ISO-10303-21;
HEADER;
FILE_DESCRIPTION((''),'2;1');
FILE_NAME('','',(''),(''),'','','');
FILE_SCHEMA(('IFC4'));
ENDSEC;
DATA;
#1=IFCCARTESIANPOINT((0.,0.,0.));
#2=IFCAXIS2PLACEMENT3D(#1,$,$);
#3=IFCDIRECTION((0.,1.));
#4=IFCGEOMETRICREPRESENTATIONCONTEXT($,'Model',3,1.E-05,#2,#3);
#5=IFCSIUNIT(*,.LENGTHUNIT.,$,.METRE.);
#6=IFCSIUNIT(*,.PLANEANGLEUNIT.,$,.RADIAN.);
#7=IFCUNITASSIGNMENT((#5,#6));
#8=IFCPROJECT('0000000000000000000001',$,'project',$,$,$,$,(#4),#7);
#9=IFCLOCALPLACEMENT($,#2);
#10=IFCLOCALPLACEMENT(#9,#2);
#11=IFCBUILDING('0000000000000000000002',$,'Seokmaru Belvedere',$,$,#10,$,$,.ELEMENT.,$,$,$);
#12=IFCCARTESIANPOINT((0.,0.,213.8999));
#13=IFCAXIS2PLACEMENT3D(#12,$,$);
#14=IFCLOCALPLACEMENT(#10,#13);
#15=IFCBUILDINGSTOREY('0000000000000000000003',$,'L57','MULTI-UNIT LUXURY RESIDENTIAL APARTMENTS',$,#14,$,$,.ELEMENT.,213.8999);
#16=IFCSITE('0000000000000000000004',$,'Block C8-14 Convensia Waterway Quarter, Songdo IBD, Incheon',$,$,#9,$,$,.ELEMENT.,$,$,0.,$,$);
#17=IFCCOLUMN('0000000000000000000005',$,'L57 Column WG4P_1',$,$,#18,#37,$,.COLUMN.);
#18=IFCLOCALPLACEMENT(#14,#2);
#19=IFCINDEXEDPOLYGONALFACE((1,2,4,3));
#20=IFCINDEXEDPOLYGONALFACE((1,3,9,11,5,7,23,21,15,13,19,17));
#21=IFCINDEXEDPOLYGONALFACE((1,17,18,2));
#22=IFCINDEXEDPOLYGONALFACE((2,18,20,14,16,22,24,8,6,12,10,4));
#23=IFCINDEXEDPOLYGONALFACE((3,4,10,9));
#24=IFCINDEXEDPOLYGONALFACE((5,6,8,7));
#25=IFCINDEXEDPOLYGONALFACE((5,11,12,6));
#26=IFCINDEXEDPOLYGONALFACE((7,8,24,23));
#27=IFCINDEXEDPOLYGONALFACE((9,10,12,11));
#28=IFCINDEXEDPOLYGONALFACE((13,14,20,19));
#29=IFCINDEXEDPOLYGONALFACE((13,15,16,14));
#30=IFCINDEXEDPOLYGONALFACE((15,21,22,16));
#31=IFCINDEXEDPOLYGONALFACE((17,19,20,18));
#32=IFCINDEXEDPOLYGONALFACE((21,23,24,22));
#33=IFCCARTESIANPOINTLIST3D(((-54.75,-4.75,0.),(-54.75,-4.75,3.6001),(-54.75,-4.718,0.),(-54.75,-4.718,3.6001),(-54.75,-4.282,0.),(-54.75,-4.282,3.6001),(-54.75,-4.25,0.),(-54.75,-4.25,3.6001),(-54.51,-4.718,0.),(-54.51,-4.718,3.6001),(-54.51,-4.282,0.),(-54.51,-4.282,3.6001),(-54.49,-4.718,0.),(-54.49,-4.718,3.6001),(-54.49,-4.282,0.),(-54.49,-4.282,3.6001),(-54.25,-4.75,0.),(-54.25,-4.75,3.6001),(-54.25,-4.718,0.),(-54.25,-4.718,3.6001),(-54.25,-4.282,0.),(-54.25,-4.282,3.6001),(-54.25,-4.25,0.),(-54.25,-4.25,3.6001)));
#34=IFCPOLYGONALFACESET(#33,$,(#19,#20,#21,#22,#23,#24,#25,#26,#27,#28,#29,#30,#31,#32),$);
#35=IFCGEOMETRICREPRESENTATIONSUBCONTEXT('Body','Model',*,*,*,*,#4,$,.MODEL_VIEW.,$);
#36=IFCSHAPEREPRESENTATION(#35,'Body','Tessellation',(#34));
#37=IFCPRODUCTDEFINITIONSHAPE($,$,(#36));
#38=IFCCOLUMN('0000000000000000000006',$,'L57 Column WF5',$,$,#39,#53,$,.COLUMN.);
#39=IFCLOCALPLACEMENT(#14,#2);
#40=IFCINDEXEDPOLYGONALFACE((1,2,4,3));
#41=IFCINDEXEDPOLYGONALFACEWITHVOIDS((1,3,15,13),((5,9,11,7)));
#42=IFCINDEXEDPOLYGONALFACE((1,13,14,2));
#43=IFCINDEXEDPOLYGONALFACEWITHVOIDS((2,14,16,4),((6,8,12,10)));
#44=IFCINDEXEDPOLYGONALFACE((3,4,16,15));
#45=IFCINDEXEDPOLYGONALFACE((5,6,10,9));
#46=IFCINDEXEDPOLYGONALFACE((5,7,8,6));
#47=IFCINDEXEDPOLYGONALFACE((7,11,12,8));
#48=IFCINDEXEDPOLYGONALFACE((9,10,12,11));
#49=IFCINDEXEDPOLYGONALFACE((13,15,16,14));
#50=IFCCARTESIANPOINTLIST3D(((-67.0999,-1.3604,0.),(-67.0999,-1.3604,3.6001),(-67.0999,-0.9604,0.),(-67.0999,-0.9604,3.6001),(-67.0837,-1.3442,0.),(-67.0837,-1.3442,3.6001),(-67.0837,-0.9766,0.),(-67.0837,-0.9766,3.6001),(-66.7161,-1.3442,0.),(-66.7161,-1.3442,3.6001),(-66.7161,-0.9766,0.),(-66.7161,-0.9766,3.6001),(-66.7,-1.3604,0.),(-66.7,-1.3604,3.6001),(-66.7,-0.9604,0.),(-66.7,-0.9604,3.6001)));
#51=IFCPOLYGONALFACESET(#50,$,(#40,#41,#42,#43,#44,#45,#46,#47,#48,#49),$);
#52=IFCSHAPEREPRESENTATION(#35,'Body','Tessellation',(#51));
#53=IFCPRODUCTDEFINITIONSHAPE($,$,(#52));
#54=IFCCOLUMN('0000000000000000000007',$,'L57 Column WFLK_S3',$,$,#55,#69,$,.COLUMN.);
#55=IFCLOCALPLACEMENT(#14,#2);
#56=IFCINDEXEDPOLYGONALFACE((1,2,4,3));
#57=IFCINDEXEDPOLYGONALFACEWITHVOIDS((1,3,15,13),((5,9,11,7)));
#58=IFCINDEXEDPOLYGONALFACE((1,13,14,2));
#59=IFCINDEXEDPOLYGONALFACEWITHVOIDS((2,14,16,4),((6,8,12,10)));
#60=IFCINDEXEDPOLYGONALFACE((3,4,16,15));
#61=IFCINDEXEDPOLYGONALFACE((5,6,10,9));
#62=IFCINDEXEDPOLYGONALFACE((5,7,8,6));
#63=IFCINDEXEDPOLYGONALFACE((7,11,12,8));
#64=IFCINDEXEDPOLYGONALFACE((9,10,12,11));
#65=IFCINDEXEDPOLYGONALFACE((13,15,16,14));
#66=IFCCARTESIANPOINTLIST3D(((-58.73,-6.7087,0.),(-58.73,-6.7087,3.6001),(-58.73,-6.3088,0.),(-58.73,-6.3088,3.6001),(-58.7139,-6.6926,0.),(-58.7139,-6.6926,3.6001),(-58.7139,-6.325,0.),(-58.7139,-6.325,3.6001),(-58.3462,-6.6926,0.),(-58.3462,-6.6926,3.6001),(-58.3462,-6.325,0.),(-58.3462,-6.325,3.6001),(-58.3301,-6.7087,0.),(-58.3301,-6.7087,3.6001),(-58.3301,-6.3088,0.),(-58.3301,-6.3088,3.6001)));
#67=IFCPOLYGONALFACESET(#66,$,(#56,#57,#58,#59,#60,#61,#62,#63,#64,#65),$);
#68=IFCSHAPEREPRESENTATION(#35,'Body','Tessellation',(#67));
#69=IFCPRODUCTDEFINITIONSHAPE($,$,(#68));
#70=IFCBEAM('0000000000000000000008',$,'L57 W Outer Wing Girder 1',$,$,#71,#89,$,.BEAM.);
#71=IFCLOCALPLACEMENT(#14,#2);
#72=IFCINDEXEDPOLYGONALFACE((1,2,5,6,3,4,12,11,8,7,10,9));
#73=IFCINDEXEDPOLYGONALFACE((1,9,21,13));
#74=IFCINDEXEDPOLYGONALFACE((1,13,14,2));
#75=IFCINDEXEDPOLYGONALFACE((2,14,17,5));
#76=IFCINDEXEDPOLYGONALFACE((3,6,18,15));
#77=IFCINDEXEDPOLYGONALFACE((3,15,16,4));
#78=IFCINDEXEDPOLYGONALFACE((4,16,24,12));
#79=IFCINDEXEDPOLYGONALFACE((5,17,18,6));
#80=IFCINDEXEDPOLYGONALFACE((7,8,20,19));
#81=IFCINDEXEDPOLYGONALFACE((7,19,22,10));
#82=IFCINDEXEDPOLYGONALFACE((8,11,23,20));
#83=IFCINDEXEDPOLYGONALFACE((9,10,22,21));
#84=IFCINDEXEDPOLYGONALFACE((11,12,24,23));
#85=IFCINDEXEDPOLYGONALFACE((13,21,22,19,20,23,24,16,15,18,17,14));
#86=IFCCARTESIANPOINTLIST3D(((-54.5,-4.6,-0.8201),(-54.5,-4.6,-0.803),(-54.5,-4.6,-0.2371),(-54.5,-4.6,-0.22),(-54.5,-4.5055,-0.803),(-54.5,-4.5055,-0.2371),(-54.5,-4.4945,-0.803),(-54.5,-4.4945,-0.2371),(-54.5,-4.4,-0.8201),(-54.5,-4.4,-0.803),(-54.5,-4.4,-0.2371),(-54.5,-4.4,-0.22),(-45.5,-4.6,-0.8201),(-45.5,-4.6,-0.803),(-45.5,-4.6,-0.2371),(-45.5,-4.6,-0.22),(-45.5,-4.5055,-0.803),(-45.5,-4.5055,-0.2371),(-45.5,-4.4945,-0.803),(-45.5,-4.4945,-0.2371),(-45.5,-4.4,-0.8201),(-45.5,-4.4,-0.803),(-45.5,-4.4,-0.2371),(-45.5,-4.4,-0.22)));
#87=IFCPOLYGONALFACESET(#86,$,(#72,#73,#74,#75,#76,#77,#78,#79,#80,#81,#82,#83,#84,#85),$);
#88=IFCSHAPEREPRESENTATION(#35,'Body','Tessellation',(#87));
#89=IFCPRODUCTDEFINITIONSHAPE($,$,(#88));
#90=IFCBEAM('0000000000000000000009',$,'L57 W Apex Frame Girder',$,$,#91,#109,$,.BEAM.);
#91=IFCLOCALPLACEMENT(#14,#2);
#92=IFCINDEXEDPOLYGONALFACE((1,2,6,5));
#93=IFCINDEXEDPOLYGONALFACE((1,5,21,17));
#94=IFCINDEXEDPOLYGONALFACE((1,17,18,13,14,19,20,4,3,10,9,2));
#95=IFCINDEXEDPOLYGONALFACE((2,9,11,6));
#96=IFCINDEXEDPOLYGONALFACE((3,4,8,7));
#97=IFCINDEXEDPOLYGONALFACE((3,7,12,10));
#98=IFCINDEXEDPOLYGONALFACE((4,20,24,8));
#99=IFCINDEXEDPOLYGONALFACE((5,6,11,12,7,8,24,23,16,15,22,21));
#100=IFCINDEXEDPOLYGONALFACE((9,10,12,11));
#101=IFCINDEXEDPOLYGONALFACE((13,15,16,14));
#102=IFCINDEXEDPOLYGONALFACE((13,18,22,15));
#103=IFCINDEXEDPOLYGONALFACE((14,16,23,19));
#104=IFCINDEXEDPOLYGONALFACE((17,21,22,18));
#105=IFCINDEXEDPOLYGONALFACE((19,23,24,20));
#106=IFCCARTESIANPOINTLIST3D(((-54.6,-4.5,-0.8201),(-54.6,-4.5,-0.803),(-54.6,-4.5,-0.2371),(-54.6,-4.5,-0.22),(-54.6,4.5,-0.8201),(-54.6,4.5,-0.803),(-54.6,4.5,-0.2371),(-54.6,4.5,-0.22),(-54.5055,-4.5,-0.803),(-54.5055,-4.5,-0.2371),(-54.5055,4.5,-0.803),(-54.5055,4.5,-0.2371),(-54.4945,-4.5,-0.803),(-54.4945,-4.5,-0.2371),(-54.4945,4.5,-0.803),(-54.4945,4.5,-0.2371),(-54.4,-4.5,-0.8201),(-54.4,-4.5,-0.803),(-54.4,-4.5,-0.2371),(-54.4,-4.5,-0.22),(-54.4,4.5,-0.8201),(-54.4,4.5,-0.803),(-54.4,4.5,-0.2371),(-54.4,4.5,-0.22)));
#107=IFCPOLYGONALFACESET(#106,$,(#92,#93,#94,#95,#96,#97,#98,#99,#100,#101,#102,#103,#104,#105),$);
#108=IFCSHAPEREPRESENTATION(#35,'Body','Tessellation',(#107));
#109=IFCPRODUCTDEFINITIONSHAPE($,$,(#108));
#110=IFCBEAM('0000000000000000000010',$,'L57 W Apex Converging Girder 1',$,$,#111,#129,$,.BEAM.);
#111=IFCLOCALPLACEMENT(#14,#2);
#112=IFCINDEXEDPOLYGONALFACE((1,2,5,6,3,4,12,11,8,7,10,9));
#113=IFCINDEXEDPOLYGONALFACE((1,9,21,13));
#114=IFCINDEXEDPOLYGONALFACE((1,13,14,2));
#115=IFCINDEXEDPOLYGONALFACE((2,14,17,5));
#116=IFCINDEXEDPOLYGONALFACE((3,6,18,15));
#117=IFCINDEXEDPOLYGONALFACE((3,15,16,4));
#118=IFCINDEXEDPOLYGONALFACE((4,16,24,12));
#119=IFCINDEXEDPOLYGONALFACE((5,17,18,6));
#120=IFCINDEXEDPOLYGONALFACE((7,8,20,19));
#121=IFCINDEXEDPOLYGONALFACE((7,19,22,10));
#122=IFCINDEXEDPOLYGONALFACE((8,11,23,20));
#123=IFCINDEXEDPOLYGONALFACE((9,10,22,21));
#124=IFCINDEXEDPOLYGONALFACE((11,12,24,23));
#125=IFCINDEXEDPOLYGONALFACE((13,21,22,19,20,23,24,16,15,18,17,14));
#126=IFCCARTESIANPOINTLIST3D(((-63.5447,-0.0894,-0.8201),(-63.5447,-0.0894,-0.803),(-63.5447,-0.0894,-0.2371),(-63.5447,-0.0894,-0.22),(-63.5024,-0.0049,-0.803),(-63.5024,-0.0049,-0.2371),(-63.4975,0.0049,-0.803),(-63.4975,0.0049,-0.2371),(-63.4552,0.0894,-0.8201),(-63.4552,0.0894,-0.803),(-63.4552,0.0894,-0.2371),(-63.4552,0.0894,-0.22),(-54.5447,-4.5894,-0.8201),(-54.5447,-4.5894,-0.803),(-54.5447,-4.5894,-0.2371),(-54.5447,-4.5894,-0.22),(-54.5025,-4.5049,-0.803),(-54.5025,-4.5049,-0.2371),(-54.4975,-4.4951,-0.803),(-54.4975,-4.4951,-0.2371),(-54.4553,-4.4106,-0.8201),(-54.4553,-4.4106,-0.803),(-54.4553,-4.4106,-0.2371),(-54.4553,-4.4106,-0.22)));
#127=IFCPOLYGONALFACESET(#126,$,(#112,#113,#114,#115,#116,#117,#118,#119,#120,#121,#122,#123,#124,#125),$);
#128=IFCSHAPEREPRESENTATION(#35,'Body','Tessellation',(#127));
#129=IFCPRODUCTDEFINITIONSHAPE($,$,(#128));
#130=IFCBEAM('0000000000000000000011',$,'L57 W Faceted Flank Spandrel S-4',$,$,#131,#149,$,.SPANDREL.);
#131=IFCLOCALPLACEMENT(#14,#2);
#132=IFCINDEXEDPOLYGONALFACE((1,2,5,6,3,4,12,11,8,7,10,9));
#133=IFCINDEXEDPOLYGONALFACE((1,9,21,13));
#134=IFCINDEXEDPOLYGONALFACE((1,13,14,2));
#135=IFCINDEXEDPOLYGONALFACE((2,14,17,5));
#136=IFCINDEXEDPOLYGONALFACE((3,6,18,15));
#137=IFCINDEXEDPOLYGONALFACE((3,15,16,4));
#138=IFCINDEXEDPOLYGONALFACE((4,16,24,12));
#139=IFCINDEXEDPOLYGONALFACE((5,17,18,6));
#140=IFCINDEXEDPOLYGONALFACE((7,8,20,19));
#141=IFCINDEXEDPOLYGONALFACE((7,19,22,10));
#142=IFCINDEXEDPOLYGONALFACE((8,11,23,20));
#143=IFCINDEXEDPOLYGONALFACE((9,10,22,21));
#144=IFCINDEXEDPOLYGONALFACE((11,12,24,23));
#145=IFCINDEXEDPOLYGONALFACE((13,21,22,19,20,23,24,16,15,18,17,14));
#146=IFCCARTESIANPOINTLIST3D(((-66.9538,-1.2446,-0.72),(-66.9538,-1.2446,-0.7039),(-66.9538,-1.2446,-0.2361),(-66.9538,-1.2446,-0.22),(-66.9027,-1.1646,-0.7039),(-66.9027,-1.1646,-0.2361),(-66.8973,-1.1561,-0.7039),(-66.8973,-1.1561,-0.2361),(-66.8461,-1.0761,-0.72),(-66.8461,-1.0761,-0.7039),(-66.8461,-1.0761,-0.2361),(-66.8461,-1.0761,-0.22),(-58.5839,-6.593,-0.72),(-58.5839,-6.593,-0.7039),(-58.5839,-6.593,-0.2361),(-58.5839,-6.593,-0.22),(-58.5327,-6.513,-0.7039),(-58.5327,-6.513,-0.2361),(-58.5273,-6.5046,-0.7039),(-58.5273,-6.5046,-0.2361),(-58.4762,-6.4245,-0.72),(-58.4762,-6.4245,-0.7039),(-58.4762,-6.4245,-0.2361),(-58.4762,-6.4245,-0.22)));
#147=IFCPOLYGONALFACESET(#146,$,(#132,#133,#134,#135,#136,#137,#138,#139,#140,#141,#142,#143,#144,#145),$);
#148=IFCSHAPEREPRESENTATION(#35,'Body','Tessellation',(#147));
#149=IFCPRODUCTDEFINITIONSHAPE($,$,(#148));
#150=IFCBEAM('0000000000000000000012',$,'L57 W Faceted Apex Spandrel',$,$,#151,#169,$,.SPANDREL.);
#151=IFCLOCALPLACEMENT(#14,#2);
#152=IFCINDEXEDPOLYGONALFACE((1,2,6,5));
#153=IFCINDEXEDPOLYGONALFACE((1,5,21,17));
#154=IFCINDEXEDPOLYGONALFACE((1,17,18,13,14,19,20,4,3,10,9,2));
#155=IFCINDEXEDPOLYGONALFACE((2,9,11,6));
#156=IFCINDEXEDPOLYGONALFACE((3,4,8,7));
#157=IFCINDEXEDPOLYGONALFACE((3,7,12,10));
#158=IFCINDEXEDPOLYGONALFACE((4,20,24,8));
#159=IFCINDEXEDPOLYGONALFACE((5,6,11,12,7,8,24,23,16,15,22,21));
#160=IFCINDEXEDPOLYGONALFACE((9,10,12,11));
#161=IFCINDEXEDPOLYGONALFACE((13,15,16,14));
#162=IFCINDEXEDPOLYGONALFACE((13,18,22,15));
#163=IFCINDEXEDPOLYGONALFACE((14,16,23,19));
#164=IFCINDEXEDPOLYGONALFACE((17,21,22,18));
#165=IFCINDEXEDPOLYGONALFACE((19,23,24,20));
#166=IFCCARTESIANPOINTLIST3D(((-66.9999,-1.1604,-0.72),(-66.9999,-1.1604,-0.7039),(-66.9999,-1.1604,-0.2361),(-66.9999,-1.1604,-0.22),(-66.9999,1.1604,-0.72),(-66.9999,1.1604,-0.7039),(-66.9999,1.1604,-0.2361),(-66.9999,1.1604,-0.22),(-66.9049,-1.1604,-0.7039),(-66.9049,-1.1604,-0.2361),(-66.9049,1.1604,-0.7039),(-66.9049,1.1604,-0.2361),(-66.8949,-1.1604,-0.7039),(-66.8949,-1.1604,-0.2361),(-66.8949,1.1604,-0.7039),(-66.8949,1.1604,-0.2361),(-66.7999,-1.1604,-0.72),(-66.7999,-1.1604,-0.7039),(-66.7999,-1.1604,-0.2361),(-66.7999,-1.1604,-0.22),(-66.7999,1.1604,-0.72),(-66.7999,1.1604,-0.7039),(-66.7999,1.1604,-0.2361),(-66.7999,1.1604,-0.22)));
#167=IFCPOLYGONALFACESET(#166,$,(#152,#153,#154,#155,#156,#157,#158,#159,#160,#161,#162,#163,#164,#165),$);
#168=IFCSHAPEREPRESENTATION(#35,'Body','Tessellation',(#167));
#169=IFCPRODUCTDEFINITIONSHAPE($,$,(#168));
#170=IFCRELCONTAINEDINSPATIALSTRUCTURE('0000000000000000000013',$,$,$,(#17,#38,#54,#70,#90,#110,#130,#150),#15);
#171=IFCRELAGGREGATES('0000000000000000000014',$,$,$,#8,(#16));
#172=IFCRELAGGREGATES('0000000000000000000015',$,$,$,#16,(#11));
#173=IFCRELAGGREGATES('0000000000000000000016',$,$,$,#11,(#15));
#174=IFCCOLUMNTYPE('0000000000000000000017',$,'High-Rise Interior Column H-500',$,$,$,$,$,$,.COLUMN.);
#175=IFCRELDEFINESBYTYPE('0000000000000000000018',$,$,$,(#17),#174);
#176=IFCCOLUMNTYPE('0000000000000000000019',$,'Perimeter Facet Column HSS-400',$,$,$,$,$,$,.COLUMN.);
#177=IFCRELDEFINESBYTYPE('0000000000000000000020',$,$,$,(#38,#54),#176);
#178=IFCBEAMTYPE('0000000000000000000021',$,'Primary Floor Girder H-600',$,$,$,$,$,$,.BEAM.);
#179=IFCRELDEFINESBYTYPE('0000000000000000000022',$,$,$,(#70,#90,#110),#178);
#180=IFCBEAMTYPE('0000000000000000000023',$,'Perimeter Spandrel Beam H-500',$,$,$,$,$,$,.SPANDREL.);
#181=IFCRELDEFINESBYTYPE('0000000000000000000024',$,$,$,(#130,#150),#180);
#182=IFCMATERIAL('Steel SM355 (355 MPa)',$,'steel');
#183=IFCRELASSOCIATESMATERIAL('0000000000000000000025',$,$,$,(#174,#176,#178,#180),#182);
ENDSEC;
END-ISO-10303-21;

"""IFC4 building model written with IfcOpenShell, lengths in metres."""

from ifc_helpers import new_model, si_unit, direction, frame, origin, origin_2d, place, context, subcontext, project, spatial, hollow_rectangle, i_section, extrude, source, transform, mapped, material, material_profile, profile_set, type_object, type_shapes, element, save


model = new_model("IFC4")

# Units and contexts
model_context = context("Model", 3, precision=1e-05, world=origin(), true_north=direction((0.0, 1.0)))
body_context = subcontext(model_context, "Body", "Model", "MODEL_VIEW")
ifc_project = project(units=[si_unit("LENGTHUNIT", "METRE"), si_unit("PLANEANGLEUNIT", "RADIAN")], contexts=[model_context])

# Site, building, storey
site_placement = place(None, origin())
site = spatial("IfcSite", under=ifc_project, at=site_placement, Name="Block C8-14 Convensia Waterway Quarter, Songdo IBD, Incheon", CompositionType="ELEMENT", RefElevation=0.0)
building_placement = place(site_placement, origin())
building = spatial("IfcBuilding", under=site, at=building_placement, Name="Seokmaru Belvedere", CompositionType="ELEMENT")
storey_placement = place(building_placement, frame((0.0, 0.0, 213.8999)))
storey = spatial("IfcBuildingStorey", under=building, at=storey_placement, Name="L57", Description="MULTI-UNIT LUXURY RESIDENTIAL APARTMENTS", CompositionType="ELEMENT", Elevation=213.8999)

# Columns
ifc_material_1 = material(Name="Steel SM355 (355 MPa)", Category="steel")
ifc_material_profile_1 = material_profile(ifc_material_1, i_section(OverallWidth=0.5, OverallDepth=0.5, WebThickness=0.02, FlangeThickness=0.032, at=origin_2d()), Name="H-500x500x20x32")
ifc_profile_set_1 = profile_set([ifc_material_profile_1], Name="Steel SM355 (355 MPa)")
column_type_1 = type_object("IfcColumnType", Name="High-Rise Interior Column H-500", PredefinedType="COLUMN", material=ifc_profile_set_1)
shared_shape_1 = source(origin(), body_context, "Body", "SweptSolid", [
    extrude(i_section(OverallWidth=0.5, OverallDepth=0.5, WebThickness=0.02, FlangeThickness=0.032, at=origin_2d()), origin(), (0.0, 0.0, 1.0), 3.6001),
])
type_shapes(column_type_1, [shared_shape_1])
column_placement = place(storey_placement, frame((-54.5, -4.5, 0.0), z_axis=(0.0, 0.0, 1.0), x_axis=(1.0, 0.0, 0.0)))
element("IfcColumn", 1, at=column_placement, inside=storey, type_object=column_type_1, Name="L57 Column WG4P_1", PredefinedType="COLUMN", context=body_context, shape_type="MappedRepresentation", body=[
    mapped(shared_shape_1, transform((0.0, 0.0, 0.0), scale=1.0)),
])
ifc_material_profile_2 = material_profile(ifc_material_1, hollow_rectangle(XDim=0.3999, YDim=0.3999, WallThickness=0.0161, at=origin_2d()), Name="HSS-400x400x16")
ifc_profile_set_2 = profile_set([ifc_material_profile_2], Name="Steel SM355 (355 MPa)")
column_type_2 = type_object("IfcColumnType", Name="Perimeter Facet Column HSS-400", PredefinedType="COLUMN", material=ifc_profile_set_2)
shared_shape_2 = source(origin(), body_context, "Body", "SweptSolid", [
    extrude(hollow_rectangle(XDim=0.3999, YDim=0.3999, WallThickness=0.0161, at=origin_2d()), origin(), (0.0, 0.0, 1.0), 3.6001),
])
type_shapes(column_type_2, [shared_shape_2])
for number, where, z_axis, x_axis, name in (
    (2, (-66.8999, -1.1604, 0.0), (0.0, 0.0, 1.0), (1.0, 0.0, 0.0), "L57 Column WF5"),
    (3, (-58.53, -6.5088, 0.0), (0.0, 0.0, 1.0), (1.0, 0.0, 0.0), "L57 Column WFLK_S3"),
):
    element("IfcColumn", number, at=place(storey_placement, frame(where, z_axis=z_axis, x_axis=x_axis)), inside=storey, type_object=column_type_2, Name=name, PredefinedType="COLUMN", context=body_context, shape_type="MappedRepresentation", body=[
        mapped(shared_shape_2, transform((0.0, 0.0, 0.0), scale=1.0)),
    ])

# Beams
ifc_material_profile_3 = material_profile(ifc_material_1, i_section(OverallWidth=0.2, OverallDepth=0.6001, WebThickness=0.011, FlangeThickness=0.0171, at=origin_2d()), Name="H-600x200x11x17")
ifc_profile_set_3 = profile_set([ifc_material_profile_3], Name="Steel SM355 (355 MPa)")
beam_type_1 = type_object("IfcBeamType", Name="Primary Floor Girder H-600", PredefinedType="BEAM", material=ifc_profile_set_3)
shared_shape_3 = source(origin(), body_context, "Body", "SweptSolid", [
    extrude(i_section(OverallWidth=0.2, OverallDepth=0.6001, WebThickness=0.011, FlangeThickness=0.0171, at=origin_2d()), origin(), (0.0, 0.0, 1.0), 9.0),
])
for number, where, z_axis, x_axis, name in (
    (4, (-54.5, -4.5, -0.52), (1.0, 0.0, 0.0), (0.0, 1.0, 0.0), "L57 W Outer Wing Girder 1"),
    (5, (-54.5, -4.5, -0.52), (0.0, 1.0, 0.0), (-1.0, 0.0, 0.0), "L57 W Apex Frame Girder"),
):
    element("IfcBeam", number, at=place(storey_placement, frame(where, z_axis=z_axis, x_axis=x_axis)), inside=storey, type_object=beam_type_1, Name=name, PredefinedType="BEAM", context=body_context, shape_type="MappedRepresentation", body=[
        mapped(shared_shape_3, transform((0.0, 0.0, 0.0), scale=1.0)),
    ])
shared_shape_4 = source(origin(), body_context, "Body", "SweptSolid", [
    extrude(i_section(OverallWidth=0.2, OverallDepth=0.6001, WebThickness=0.011, FlangeThickness=0.0171, at=origin_2d()), origin(), (0.0, 0.0, 1.0), 10.0623),
])
beam_1_placement = place(storey_placement, frame((-54.5, -4.5, -0.52), z_axis=(-0.894427, 0.447214, 0.0), x_axis=(-0.447214, -0.894427, 0.0)))
element("IfcBeam", 6, at=beam_1_placement, inside=storey, type_object=beam_type_1, Name="L57 W Apex Converging Girder 1", PredefinedType="BEAM", context=body_context, shape_type="MappedRepresentation", body=[
    mapped(shared_shape_4, transform((0.0, 0.0, 0.0), scale=1.0)),
])
ifc_material_profile_4 = material_profile(ifc_material_1, i_section(OverallWidth=0.2, OverallDepth=0.5, WebThickness=0.01, FlangeThickness=0.0161, at=origin_2d()), Name="H-500x200x10x16")
ifc_profile_set_4 = profile_set([ifc_material_profile_4], Name="Steel SM355 (355 MPa)")
beam_type_2 = type_object("IfcBeamType", Name="Perimeter Spandrel Beam H-500", PredefinedType="SPANDREL", material=ifc_profile_set_4)
shared_shape_5 = source(origin(), body_context, "Body", "SweptSolid", [
    extrude(i_section(OverallWidth=0.2, OverallDepth=0.5, WebThickness=0.01, FlangeThickness=0.0161, at=origin_2d()), origin(), (0.0, 0.0, 1.0), 9.9329),
])
beam_2_placement = place(storey_placement, frame((-58.53, -6.5088, -0.47), z_axis=(-0.842652, 0.538459, 0.0), x_axis=(-0.538459, -0.842652, 0.0)))
element("IfcBeam", 7, at=beam_2_placement, inside=storey, type_object=beam_type_2, Name="L57 W Faceted Flank Spandrel S-4", PredefinedType="SPANDREL", context=body_context, shape_type="MappedRepresentation", body=[
    mapped(shared_shape_5, transform((0.0, 0.0, 0.0), scale=1.0)),
])
shared_shape_6 = source(origin(), body_context, "Body", "SweptSolid", [
    extrude(i_section(OverallWidth=0.2, OverallDepth=0.5, WebThickness=0.01, FlangeThickness=0.0161, at=origin_2d()), origin(), (0.0, 0.0, 1.0), 2.3208),
])
type_shapes(beam_type_2, [shared_shape_5, shared_shape_6])
beam_3_placement = place(storey_placement, frame((-66.8999, -1.1604, -0.47), z_axis=(0.0, 1.0, 0.0), x_axis=(-1.0, 0.0, 0.0)))
element("IfcBeam", 8, at=beam_3_placement, inside=storey, type_object=beam_type_2, Name="L57 W Faceted Apex Spandrel", PredefinedType="SPANDREL", context=body_context, shape_type="MappedRepresentation", body=[
    mapped(shared_shape_6, transform((0.0, 0.0, 0.0), scale=1.0)),
])

save(model, "model.ifc")
